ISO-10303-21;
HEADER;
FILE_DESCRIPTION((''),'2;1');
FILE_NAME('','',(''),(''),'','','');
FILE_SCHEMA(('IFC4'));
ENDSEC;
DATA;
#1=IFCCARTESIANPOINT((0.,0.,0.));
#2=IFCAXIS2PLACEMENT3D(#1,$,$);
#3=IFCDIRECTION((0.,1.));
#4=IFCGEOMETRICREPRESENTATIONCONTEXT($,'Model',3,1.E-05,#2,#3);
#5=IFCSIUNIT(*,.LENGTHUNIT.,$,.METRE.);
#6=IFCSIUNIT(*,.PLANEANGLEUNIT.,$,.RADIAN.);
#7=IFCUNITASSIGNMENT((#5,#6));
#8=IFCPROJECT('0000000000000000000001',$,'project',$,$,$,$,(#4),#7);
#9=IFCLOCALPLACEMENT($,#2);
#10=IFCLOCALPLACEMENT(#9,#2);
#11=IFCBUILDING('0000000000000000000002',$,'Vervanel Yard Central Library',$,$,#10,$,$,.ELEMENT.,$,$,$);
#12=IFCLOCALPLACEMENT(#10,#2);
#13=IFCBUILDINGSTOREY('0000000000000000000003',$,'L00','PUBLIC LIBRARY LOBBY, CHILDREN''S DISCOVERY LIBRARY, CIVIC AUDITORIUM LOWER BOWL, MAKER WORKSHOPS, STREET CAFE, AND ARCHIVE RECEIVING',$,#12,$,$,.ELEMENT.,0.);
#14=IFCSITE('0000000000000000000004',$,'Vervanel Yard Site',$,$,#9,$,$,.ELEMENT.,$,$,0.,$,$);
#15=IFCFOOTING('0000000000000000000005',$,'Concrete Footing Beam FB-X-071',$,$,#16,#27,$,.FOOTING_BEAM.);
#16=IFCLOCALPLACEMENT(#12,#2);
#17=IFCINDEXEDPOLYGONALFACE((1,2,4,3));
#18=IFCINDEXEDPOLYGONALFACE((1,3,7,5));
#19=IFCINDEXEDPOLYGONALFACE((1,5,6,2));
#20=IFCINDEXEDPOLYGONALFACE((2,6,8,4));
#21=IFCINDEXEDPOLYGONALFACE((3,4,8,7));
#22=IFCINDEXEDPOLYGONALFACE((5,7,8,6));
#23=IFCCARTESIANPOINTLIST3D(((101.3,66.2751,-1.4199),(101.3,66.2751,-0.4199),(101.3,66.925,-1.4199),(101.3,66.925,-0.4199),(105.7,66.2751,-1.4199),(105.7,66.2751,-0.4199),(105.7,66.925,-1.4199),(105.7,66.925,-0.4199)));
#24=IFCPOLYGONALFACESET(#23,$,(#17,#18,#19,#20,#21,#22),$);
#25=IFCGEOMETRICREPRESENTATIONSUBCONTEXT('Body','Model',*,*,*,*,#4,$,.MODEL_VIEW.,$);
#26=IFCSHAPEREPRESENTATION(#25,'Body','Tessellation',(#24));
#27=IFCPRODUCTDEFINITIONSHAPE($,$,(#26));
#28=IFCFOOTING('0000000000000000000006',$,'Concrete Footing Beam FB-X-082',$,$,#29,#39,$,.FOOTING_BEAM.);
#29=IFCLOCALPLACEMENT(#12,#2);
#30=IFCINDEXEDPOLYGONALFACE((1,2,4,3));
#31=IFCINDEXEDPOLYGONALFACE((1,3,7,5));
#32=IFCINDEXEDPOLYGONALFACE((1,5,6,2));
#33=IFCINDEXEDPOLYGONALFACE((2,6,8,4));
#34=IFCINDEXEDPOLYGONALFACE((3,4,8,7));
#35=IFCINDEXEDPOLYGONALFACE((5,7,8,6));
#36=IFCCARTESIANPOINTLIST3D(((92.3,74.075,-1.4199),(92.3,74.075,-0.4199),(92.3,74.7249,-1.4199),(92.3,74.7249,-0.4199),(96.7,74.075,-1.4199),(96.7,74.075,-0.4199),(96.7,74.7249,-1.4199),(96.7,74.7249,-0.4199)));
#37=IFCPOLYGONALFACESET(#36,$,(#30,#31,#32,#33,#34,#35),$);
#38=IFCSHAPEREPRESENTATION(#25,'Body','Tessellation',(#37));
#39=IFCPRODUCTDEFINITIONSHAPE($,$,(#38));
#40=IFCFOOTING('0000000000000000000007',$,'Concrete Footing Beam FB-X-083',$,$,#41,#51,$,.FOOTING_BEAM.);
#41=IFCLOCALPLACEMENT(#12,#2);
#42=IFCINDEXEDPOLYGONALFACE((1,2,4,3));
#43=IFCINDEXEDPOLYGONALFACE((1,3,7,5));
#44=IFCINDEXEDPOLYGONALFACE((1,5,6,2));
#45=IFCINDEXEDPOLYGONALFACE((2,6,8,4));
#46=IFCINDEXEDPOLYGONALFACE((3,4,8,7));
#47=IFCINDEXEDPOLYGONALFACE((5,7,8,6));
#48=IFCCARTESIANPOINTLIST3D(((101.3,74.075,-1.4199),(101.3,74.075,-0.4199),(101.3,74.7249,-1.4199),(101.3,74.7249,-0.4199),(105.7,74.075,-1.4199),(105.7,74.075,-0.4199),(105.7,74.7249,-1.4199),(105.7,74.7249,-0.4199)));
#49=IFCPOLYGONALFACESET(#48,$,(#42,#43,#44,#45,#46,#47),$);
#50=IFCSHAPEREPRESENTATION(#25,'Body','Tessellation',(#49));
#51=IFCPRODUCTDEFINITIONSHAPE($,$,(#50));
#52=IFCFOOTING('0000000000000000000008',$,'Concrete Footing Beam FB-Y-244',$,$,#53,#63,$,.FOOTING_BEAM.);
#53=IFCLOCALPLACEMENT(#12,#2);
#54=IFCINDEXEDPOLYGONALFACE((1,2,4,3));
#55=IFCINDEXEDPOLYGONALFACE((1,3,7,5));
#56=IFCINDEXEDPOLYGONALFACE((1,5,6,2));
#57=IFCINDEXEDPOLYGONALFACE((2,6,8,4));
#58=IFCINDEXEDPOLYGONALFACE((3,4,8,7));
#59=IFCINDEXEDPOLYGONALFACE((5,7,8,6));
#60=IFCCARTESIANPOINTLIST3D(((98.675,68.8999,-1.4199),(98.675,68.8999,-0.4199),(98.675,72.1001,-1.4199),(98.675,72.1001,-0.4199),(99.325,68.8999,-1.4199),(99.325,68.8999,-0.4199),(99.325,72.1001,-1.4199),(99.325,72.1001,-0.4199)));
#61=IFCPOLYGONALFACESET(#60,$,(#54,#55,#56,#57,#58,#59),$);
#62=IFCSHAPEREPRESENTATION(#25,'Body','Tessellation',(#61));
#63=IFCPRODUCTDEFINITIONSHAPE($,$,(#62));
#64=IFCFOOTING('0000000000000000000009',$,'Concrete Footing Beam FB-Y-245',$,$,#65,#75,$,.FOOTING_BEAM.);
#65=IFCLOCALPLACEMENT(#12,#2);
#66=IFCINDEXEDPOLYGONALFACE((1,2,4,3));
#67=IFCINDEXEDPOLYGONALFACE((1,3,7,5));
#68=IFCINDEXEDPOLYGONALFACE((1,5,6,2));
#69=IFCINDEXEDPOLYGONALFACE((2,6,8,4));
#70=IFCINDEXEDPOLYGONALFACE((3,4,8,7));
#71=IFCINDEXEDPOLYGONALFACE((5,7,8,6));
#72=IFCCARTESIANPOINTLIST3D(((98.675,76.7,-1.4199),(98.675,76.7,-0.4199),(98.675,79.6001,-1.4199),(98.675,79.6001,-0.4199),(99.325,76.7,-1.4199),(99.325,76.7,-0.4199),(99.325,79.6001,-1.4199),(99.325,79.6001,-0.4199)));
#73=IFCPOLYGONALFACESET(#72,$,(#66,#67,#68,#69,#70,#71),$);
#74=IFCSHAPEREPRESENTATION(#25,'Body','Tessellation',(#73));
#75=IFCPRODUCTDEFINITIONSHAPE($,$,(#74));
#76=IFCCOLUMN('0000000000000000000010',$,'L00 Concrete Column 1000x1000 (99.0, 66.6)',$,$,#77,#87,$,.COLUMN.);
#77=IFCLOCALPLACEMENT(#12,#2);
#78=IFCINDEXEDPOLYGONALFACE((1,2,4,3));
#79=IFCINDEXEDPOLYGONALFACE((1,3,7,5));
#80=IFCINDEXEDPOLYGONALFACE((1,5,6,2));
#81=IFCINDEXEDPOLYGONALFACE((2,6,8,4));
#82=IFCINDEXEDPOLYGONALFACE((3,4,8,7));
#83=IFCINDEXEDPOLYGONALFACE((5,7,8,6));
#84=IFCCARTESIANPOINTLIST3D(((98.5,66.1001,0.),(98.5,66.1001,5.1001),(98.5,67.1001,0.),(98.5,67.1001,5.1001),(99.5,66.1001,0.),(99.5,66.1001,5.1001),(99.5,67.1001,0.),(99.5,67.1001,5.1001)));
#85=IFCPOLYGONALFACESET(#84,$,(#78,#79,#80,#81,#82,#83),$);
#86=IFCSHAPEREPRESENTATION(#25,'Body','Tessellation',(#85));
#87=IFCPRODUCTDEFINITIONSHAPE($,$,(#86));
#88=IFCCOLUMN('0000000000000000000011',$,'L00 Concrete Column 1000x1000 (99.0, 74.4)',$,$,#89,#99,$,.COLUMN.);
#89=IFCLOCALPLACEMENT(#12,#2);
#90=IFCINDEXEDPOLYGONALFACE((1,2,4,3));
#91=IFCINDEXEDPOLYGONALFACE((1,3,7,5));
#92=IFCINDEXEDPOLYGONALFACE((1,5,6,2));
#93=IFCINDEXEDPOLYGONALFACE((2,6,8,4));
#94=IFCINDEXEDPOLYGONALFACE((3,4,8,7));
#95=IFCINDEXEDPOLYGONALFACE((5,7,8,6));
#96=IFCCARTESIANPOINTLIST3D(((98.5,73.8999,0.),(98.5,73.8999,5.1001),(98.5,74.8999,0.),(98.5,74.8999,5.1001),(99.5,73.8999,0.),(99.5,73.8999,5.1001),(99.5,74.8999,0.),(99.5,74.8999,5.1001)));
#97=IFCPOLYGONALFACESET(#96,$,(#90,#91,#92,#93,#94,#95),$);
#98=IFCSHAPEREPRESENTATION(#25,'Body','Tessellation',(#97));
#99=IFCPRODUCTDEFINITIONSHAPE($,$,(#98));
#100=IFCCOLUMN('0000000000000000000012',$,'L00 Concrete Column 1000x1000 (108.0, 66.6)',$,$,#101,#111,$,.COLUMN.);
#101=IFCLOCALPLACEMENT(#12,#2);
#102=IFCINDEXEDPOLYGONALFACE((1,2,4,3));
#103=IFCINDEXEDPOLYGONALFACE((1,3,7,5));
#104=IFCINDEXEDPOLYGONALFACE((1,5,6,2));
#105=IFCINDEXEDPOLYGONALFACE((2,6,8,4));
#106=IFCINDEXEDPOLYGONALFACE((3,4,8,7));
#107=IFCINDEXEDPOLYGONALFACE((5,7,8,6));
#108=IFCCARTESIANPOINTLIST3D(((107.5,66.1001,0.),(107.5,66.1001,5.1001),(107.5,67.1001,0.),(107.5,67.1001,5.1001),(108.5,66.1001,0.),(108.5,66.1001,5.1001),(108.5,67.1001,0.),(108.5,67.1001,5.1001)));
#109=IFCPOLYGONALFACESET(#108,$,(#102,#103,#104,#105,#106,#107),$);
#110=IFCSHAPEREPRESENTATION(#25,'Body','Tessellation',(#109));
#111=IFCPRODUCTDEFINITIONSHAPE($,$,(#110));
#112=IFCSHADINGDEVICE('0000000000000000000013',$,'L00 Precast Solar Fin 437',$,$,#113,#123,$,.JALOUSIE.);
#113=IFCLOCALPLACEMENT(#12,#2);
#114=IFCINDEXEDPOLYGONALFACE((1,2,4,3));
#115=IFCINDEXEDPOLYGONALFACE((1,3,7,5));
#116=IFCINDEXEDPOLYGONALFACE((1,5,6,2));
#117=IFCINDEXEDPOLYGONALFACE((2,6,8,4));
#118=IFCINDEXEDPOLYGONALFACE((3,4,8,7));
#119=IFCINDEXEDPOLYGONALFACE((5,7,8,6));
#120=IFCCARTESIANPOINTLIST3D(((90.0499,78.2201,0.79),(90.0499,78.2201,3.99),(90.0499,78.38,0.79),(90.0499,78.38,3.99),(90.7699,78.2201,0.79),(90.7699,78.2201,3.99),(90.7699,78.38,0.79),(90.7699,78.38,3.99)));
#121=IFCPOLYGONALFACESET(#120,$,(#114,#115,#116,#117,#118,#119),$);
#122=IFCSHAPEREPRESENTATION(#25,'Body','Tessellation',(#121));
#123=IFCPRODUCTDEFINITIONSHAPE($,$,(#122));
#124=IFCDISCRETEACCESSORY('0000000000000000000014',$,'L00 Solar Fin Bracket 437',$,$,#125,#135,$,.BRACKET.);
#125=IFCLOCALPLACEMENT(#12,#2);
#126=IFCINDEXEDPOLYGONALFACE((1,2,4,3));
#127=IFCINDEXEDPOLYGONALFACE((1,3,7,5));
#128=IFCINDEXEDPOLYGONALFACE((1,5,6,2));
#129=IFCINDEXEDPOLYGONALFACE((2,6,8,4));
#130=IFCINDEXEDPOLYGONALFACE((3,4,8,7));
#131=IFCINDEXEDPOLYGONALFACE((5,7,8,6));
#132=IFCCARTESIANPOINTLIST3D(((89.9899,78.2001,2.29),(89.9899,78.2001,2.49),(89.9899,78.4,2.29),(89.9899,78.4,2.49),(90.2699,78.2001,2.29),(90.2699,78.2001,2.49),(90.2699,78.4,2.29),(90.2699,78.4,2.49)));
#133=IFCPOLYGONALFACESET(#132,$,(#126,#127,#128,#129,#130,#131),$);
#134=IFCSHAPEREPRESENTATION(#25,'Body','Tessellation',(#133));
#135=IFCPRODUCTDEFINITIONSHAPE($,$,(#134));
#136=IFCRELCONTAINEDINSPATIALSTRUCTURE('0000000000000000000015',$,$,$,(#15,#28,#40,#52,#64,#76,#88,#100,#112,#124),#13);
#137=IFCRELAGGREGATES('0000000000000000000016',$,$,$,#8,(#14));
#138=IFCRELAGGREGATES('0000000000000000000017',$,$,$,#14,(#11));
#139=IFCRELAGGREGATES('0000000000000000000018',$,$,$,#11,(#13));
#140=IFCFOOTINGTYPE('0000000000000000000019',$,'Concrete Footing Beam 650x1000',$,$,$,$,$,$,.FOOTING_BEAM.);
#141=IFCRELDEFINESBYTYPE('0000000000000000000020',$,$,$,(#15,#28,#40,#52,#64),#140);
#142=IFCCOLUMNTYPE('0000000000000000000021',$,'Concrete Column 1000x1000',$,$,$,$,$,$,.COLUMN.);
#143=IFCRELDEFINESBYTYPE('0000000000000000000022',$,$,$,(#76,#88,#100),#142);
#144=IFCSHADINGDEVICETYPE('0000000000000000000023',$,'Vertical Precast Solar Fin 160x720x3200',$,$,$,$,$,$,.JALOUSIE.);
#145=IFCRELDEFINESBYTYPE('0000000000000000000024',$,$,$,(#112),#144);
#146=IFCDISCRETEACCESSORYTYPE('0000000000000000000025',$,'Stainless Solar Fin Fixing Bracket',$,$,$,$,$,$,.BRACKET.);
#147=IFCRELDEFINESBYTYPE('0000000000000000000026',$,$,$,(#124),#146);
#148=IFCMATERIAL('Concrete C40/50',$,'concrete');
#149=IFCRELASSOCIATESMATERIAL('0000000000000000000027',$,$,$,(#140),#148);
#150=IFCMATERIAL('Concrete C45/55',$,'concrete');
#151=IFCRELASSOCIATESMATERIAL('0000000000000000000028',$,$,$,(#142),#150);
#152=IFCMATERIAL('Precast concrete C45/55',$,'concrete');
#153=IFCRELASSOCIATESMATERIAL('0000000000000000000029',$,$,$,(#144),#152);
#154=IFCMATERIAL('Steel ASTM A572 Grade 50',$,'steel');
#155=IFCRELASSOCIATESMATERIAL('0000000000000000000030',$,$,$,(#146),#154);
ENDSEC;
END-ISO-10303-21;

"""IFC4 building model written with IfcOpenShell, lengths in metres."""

from ifc_helpers import new_model, si_unit, direction, frame, origin, origin_2d, place, context, subcontext, project, spatial, rectangle, extrude, material, material_profile, profile_set, type_object, element, save


model = new_model("IFC4")

# Units and contexts
model_context = context("Model", 3, precision=1e-05, world=origin(), true_north=direction((0.0, 1.0)))
body_context = subcontext(model_context, "Body", "Model", "MODEL_VIEW")
ifc_project = project(units=[si_unit("LENGTHUNIT", "METRE"), si_unit("PLANEANGLEUNIT", "RADIAN")], contexts=[model_context])

# Site, building, storey
site_placement = place(None, origin())
site = spatial("IfcSite", under=ifc_project, at=site_placement, Name="Vervanel Yard Site", CompositionType="ELEMENT", RefElevation=0.0)
building_placement = place(site_placement, origin())
building = spatial("IfcBuilding", under=site, at=building_placement, Name="Vervanel Yard Central Library", CompositionType="ELEMENT")
storey_placement = place(building_placement, origin())
storey = spatial("IfcBuildingStorey", under=building, at=storey_placement, Name="L00", Description="PUBLIC LIBRARY LOBBY, CHILDREN'S DISCOVERY LIBRARY, CIVIC AUDITORIUM LOWER BOWL, MAKER WORKSHOPS, STREET CAFE, AND ARCHIVE RECEIVING", CompositionType="ELEMENT", Elevation=0.0)

# Shared definitions
ifc_material_1 = material(Name="Concrete C40/50", Category="concrete")

# Footings
ifc_material_profile_1 = material_profile(ifc_material_1, rectangle(XDim=0.6499, YDim=1.0, at=origin_2d()), Name="RC 650x1000", Category="concrete")
ifc_profile_set_1 = profile_set([ifc_material_profile_1], Name="Concrete C40/50")
footing_type_1 = type_object("IfcFootingType", Name="Concrete Footing Beam 650x1000", PredefinedType="FOOTING_BEAM", material=ifc_profile_set_1)
for number, where, z_axis, x_axis, name in (
    (1, (101.3, 66.6001, -0.9199), (1.0, 0.0, 0.0), (0.0, 1.0, 0.0), "Concrete Footing Beam FB-X-071"),
    (2, (92.3, 74.3999, -0.9199), (1.0, 0.0, 0.0), (0.0, 1.0, 0.0), "Concrete Footing Beam FB-X-082"),
    (3, (101.3, 74.3999, -0.9199), (1.0, 0.0, 0.0), (0.0, 1.0, 0.0), "Concrete Footing Beam FB-X-083"),
):
    element("IfcFooting", number, at=place(storey_placement, frame(where, z_axis=z_axis, x_axis=x_axis)), inside=storey, type_object=footing_type_1, Name=name, PredefinedType="FOOTING_BEAM", context=body_context, shape_type="SweptSolid", body=[
        extrude(rectangle(XDim=0.6499, YDim=1.0, at=origin_2d()), origin(), (0.0, 0.0, 1.0), 4.3999),
    ])
footing_1_placement = place(storey_placement, frame((99.0, 68.8999, -0.9199), z_axis=(0.0, 1.0, 0.0), x_axis=(-1.0, 0.0, 0.0)))
element("IfcFooting", 4, at=footing_1_placement, inside=storey, type_object=footing_type_1, Name="Concrete Footing Beam FB-Y-244", PredefinedType="FOOTING_BEAM", context=body_context, shape_type="SweptSolid", body=[
    extrude(rectangle(XDim=0.6499, YDim=1.0, at=origin_2d()), origin(), (0.0, 0.0, 1.0), 3.2002),
])
footing_2_placement = place(storey_placement, frame((99.0, 76.7, -0.9199), z_axis=(0.0, 1.0, 0.0), x_axis=(-1.0, 0.0, 0.0)))
element("IfcFooting", 5, at=footing_2_placement, inside=storey, type_object=footing_type_1, Name="Concrete Footing Beam FB-Y-245", PredefinedType="FOOTING_BEAM", context=body_context, shape_type="SweptSolid", body=[
    extrude(rectangle(XDim=0.6499, YDim=1.0, at=origin_2d()), origin(), (0.0, 0.0, 1.0), 2.9001),
])

# Columns
ifc_material_2 = material(Name="Concrete C45/55", Category="concrete")
ifc_material_profile_2 = material_profile(ifc_material_2, rectangle(XDim=1.0, YDim=1.0, at=origin_2d()), Name="RC 1000x1000", Category="concrete")
ifc_profile_set_2 = profile_set([ifc_material_profile_2], Name="Concrete C45/55")
column_type = type_object("IfcColumnType", Name="Concrete Column 1000x1000", PredefinedType="COLUMN", material=ifc_profile_set_2)
for number, where, z_axis, x_axis, name in (
    (6, (99.0, 66.6001, 0.0), (0.0, 0.0, 1.0), (1.0, 0.0, 0.0), "L00 Concrete Column 1000x1000 (99.0, 66.6)"),
    (7, (99.0, 74.3999, 0.0), (0.0, 0.0, 1.0), (1.0, 0.0, 0.0), "L00 Concrete Column 1000x1000 (99.0, 74.4)"),
    (8, (108.0, 66.6001, 0.0), (0.0, 0.0, 1.0), (1.0, 0.0, 0.0), "L00 Concrete Column 1000x1000 (108.0, 66.6)"),
):
    element("IfcColumn", number, at=place(storey_placement, frame(where, z_axis=z_axis, x_axis=x_axis)), inside=storey, type_object=column_type, Name=name, PredefinedType="COLUMN", context=body_context, shape_type="SweptSolid", body=[
        extrude(rectangle(XDim=1.0, YDim=1.0, at=origin_2d()), origin(), (0.0, 0.0, 1.0), 5.1001),
    ])

# Shading device
ifc_material_3 = material(Name="Precast concrete C45/55", Category="concrete")
shading_device_type = type_object("IfcShadingDeviceType", Name="Vertical Precast Solar Fin 160x720x3200", PredefinedType="JALOUSIE", material=ifc_material_3)
shading_device_placement = place(storey_placement, frame((90.4099, 78.3, 0.79), z_axis=(0.0, 0.0, 1.0), x_axis=(0.0, 1.0, 0.0)))
element("IfcShadingDevice", 9, at=shading_device_placement, inside=storey, type_object=shading_device_type, Name="L00 Precast Solar Fin 437", PredefinedType="JALOUSIE", context=body_context, shape_type="SweptSolid", body=[
    extrude(rectangle(XDim=0.1599, YDim=0.72, at=origin_2d()), origin(), (0.0, 0.0, 1.0), 3.2),
])

# Discrete accessory
ifc_material_4 = material(Name="Steel ASTM A572 Grade 50", Category="steel")
discrete_accessory_type = type_object("IfcDiscreteAccessoryType", Name="Stainless Solar Fin Fixing Bracket", PredefinedType="BRACKET", material=ifc_material_4)
discrete_accessory_placement = place(storey_placement, frame((90.1299, 78.3, 2.29), z_axis=(0.0, 0.0, 1.0), x_axis=(0.0, 1.0, 0.0)))
element("IfcDiscreteAccessory", 10, at=discrete_accessory_placement, inside=storey, type_object=discrete_accessory_type, Name="L00 Solar Fin Bracket 437", PredefinedType="BRACKET", context=body_context, shape_type="SweptSolid", body=[
    extrude(rectangle(XDim=0.2, YDim=0.28, at=origin_2d()), origin(), (0.0, 0.0, 1.0), 0.2),
])

save(model, "model.ifc")
